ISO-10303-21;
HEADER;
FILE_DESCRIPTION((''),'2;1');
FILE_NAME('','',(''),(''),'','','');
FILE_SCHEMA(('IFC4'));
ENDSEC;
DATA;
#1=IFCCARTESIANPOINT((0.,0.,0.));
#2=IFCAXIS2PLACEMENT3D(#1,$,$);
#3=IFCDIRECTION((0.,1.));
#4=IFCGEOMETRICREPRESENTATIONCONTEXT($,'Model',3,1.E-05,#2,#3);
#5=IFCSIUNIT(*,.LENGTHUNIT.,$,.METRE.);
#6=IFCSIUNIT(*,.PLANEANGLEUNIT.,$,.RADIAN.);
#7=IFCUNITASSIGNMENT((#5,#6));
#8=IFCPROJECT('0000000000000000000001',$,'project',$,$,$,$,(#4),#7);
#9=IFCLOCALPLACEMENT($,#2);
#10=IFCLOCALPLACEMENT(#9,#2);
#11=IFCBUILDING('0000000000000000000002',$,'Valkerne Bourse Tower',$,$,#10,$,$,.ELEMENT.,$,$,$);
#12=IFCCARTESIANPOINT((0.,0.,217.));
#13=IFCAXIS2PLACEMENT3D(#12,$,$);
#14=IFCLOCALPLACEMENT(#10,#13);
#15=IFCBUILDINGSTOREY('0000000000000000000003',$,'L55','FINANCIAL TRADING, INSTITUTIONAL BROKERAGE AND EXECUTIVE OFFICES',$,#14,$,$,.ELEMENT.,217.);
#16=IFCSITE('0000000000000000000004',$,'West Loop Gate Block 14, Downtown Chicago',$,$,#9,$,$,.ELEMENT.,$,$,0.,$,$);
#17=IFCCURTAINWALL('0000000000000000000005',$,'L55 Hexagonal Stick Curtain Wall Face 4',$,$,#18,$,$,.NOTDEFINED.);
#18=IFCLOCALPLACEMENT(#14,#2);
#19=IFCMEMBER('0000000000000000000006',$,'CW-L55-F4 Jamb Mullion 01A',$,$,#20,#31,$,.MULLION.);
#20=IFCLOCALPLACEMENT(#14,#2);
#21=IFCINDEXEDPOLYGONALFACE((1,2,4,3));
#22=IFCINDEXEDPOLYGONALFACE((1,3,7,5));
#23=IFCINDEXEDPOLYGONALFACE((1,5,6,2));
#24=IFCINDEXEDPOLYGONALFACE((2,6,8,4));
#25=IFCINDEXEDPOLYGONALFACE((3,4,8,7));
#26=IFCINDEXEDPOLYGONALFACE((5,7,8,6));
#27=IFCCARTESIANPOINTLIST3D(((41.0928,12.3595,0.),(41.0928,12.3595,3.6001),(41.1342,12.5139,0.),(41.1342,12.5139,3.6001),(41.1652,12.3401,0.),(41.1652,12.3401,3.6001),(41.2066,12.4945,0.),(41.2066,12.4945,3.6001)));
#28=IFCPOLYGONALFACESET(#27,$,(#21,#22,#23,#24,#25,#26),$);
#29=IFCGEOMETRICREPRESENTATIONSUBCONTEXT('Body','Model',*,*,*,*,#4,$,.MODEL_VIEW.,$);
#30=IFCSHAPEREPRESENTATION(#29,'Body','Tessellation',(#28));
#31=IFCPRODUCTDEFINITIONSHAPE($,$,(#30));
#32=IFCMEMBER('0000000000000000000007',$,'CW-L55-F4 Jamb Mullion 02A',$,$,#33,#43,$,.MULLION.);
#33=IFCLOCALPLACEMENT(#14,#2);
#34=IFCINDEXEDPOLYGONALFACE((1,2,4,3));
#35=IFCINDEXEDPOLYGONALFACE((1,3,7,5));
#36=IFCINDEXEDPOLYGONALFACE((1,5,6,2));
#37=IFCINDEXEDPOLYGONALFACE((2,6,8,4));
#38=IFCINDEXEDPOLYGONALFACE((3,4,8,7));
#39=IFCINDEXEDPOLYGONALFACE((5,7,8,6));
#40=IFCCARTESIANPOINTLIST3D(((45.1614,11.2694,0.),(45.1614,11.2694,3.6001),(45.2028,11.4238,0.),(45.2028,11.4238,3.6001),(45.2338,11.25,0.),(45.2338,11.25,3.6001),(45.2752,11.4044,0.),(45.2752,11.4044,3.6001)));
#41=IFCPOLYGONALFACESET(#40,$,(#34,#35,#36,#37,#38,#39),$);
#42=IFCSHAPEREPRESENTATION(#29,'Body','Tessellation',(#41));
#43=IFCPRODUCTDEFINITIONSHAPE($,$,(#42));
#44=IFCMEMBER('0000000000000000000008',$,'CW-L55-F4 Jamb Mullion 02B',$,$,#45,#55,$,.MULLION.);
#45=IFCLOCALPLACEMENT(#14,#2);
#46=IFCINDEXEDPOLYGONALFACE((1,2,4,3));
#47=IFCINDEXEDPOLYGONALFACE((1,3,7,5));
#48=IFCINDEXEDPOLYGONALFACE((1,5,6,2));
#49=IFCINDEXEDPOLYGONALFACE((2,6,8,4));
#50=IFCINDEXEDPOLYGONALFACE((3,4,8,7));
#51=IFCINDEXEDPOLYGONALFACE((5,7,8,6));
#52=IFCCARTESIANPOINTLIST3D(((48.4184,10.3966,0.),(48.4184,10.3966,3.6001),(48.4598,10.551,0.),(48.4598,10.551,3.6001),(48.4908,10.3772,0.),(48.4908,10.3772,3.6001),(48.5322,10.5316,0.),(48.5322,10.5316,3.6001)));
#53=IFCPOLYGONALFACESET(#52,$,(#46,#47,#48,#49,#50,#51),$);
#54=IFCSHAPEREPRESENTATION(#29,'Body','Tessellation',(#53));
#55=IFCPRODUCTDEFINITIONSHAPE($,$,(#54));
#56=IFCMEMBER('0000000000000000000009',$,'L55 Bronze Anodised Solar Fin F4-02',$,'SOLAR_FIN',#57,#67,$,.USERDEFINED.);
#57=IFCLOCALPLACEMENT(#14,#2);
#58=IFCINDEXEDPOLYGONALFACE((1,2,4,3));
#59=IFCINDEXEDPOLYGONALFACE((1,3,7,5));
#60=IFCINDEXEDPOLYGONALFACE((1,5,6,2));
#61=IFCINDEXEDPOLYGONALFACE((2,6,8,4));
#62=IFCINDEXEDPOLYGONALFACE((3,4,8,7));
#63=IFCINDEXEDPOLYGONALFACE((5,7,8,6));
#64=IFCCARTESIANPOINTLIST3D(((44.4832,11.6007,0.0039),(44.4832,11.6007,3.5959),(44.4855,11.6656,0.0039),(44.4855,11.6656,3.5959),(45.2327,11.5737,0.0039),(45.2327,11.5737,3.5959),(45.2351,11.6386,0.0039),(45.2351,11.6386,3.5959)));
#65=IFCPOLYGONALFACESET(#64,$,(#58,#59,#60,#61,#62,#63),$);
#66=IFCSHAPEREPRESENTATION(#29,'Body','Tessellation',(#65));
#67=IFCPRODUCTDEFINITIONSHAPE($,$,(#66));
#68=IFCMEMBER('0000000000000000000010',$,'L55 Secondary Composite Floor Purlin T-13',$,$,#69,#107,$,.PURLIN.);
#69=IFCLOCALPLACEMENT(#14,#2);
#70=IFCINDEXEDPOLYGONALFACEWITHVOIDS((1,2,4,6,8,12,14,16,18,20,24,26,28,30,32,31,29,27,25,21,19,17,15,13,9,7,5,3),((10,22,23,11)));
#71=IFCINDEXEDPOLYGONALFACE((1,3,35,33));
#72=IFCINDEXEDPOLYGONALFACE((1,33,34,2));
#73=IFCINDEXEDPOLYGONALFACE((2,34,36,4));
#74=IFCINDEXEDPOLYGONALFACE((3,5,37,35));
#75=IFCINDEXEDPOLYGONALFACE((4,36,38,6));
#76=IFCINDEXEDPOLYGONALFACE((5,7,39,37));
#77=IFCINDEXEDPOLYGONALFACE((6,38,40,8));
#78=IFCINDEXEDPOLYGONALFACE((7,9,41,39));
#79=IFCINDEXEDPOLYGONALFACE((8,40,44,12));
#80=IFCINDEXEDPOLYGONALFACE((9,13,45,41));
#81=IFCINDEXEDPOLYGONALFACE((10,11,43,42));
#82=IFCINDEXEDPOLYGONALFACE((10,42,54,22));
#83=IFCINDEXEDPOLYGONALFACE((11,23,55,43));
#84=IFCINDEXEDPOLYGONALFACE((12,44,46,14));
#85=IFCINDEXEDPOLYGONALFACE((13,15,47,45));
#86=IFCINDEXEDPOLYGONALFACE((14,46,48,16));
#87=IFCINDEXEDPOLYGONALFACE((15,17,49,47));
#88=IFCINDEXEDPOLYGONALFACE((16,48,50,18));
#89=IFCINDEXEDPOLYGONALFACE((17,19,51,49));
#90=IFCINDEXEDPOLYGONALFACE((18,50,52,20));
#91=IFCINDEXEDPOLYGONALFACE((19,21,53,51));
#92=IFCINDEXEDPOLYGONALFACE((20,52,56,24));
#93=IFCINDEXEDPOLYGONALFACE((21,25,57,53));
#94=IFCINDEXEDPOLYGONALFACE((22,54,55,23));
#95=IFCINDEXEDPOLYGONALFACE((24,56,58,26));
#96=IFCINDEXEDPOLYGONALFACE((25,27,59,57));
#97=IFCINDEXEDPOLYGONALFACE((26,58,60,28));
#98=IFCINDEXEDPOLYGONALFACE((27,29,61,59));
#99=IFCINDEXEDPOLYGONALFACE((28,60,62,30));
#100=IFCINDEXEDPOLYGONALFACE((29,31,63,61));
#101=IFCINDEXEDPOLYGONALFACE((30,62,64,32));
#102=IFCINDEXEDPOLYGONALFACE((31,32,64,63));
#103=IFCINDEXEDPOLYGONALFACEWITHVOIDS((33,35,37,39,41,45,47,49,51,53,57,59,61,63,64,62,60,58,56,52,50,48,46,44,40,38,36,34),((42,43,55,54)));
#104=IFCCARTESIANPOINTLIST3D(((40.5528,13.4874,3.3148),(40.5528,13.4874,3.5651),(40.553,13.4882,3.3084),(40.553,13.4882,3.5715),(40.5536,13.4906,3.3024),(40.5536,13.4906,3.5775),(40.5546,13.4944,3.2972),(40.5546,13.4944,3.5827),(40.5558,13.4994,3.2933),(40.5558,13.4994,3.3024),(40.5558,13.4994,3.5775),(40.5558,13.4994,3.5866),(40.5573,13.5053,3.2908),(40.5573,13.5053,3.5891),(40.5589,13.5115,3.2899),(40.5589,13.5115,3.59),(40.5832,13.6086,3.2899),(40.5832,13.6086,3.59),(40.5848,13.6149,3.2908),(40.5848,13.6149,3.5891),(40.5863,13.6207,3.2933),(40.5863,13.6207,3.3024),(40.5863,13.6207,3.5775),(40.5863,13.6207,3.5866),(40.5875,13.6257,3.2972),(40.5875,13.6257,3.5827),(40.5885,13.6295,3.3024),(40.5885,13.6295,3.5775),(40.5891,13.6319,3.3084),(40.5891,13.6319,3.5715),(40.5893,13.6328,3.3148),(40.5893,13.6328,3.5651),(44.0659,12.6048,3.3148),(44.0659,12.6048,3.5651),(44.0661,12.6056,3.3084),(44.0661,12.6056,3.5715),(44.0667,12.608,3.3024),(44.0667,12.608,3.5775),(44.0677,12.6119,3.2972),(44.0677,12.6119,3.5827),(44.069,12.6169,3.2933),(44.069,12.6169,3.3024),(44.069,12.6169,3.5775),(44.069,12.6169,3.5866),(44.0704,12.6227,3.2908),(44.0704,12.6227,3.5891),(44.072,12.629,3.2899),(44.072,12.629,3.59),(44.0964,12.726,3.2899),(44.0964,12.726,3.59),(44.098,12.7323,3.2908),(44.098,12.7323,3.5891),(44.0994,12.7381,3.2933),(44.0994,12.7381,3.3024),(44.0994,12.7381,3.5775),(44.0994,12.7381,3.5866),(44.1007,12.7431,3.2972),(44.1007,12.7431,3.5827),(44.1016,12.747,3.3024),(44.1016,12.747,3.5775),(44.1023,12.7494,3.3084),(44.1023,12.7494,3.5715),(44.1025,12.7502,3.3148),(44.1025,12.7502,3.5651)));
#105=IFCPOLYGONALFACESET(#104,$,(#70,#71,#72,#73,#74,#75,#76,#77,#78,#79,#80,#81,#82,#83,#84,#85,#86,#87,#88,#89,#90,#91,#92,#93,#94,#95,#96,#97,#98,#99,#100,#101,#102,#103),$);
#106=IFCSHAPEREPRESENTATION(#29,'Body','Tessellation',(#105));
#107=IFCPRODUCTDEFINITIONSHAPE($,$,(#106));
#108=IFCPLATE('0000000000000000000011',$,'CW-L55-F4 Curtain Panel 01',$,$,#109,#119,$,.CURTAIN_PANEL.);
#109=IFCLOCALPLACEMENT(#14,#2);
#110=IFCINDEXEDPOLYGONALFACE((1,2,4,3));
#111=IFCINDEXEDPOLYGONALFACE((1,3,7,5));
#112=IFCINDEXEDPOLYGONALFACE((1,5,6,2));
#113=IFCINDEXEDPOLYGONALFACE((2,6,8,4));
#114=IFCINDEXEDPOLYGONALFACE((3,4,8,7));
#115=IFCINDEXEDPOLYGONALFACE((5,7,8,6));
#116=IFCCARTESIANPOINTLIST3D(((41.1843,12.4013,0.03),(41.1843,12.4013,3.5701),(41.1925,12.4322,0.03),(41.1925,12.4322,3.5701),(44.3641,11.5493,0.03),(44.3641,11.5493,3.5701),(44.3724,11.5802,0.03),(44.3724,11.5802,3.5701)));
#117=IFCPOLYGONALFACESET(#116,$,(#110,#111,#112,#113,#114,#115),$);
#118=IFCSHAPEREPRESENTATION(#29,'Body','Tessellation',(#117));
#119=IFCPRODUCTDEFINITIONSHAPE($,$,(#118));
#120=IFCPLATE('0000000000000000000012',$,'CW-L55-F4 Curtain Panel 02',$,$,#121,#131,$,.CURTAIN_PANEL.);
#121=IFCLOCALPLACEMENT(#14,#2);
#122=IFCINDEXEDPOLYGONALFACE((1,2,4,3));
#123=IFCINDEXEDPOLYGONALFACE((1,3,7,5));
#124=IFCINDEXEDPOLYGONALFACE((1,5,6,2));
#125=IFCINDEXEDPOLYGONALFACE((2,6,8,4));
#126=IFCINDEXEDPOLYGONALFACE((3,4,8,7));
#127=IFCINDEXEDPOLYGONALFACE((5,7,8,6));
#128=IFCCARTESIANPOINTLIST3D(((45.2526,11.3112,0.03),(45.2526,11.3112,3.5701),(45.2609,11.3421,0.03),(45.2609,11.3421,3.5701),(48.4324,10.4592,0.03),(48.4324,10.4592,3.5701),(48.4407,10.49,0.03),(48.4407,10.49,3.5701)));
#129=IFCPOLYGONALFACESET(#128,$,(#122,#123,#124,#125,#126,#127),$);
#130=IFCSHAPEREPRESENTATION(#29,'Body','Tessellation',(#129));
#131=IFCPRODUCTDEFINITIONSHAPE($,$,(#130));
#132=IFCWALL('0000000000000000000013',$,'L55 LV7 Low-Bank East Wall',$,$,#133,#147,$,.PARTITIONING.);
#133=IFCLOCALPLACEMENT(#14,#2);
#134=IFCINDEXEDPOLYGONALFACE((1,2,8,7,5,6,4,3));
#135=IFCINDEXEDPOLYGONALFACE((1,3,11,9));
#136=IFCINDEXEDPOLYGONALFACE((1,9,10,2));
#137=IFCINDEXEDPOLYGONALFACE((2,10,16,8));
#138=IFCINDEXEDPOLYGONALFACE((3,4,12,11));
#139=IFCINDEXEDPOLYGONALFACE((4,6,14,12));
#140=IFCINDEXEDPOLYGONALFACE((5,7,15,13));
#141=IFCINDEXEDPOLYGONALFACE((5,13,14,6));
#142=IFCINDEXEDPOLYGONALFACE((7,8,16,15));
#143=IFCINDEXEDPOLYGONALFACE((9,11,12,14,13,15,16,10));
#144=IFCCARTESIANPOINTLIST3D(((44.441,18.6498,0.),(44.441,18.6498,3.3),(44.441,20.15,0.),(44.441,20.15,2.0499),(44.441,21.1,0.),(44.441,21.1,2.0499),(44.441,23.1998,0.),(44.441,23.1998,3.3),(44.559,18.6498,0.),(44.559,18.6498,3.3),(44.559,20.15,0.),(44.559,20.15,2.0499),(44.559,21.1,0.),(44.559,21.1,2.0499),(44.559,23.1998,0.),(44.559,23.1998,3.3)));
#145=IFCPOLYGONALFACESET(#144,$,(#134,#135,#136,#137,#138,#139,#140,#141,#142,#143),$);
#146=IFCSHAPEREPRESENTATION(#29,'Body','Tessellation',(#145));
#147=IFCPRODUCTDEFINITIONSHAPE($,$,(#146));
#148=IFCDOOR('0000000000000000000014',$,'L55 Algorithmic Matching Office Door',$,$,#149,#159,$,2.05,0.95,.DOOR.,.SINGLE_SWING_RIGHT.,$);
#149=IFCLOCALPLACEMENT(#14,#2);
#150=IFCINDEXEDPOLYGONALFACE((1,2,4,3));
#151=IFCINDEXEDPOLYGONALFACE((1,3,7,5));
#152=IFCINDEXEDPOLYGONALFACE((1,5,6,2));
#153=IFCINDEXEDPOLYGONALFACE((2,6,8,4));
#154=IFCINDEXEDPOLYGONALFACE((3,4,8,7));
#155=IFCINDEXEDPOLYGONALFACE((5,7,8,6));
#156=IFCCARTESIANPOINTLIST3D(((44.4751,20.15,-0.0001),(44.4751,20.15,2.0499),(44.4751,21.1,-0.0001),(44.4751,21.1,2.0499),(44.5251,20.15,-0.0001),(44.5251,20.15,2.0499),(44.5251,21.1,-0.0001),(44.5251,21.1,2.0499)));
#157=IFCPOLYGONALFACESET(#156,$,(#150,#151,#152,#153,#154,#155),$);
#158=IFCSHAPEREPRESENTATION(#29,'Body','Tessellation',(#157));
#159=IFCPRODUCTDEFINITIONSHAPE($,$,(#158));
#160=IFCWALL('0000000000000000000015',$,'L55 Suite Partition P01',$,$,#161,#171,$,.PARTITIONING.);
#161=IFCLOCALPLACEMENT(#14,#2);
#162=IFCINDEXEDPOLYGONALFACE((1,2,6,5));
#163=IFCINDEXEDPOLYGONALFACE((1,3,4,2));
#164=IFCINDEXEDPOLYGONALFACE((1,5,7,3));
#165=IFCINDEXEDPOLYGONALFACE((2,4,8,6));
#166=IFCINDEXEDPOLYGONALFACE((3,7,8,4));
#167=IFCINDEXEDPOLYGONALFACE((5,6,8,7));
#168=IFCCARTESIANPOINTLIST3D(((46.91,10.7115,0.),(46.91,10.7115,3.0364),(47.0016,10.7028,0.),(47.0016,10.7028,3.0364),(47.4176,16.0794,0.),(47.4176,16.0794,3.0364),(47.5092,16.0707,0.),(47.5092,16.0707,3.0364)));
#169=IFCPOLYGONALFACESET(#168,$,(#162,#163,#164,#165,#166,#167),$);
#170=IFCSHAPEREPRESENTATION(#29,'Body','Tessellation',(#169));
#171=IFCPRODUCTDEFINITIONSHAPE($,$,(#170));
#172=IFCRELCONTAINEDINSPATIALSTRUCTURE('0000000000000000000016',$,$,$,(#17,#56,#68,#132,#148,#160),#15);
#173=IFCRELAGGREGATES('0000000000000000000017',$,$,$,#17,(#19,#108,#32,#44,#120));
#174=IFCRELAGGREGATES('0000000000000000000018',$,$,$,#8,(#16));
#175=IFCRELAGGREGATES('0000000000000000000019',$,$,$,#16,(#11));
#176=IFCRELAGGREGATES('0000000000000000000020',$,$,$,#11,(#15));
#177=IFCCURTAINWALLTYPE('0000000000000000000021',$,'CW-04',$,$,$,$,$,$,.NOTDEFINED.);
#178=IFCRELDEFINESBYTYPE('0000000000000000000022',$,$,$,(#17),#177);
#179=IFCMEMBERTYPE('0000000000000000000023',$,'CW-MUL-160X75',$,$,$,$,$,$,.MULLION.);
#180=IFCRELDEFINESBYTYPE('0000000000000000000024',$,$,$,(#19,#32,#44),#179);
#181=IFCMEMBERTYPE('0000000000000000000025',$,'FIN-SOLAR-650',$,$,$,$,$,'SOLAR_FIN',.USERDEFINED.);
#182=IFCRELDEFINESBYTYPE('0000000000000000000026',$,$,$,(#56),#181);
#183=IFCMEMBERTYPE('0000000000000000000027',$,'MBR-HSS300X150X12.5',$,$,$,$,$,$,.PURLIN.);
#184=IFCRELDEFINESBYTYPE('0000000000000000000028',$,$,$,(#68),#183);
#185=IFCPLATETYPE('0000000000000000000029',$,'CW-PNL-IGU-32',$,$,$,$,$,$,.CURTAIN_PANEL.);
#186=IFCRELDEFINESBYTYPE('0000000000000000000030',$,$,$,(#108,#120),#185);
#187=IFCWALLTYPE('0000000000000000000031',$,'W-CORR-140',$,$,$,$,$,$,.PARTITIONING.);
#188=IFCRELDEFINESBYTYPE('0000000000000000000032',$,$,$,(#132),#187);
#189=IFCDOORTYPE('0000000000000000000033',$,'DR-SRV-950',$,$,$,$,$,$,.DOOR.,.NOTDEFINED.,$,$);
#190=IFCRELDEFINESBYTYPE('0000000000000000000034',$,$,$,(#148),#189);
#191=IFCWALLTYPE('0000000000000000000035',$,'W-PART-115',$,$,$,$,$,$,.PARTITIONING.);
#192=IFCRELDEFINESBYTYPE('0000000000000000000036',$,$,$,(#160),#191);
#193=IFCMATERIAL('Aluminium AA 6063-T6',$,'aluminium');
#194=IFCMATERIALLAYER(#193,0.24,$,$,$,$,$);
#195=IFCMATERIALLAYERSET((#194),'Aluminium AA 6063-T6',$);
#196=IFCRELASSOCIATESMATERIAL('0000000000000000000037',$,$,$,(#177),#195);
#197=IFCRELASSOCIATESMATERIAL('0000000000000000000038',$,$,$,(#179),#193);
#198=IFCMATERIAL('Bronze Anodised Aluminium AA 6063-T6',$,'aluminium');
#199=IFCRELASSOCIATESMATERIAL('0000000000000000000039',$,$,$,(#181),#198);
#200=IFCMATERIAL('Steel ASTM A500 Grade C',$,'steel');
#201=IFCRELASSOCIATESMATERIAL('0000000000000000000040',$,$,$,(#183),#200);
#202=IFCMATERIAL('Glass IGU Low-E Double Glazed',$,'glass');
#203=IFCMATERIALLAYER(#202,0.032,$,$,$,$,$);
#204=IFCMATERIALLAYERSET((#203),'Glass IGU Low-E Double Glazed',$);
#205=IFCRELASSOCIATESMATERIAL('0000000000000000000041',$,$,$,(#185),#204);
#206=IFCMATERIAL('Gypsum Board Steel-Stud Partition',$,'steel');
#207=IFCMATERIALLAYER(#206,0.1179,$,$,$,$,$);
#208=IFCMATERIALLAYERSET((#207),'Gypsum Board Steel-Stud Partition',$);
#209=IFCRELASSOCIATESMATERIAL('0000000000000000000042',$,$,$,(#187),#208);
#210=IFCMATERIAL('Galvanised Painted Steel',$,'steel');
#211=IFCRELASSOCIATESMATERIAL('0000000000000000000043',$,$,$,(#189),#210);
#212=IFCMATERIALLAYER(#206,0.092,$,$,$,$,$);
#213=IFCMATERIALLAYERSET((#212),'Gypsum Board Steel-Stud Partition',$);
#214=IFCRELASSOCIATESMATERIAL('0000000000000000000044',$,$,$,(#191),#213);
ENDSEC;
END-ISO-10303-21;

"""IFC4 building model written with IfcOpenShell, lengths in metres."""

from ifc_helpers import new_model, si_unit, direction, frame, frame_2d, origin, origin_2d, place, context, subcontext, project, spatial, rectangle, hollow_rectangle, extrude, material, layer, layer_set, material_profile, profile_set, type_object, element, fill, aggregate, save


model = new_model("IFC4")

# Units and contexts
model_context = context("Model", 3, precision=1e-05, world=origin(), true_north=direction((0.0, 1.0)))
body_context = subcontext(model_context, "Body", "Model", "MODEL_VIEW")
ifc_project = project(units=[si_unit("LENGTHUNIT", "METRE"), si_unit("PLANEANGLEUNIT", "RADIAN")], contexts=[model_context])

# Site, building, storey
site_placement = place(None, origin())
site = spatial("IfcSite", under=ifc_project, at=site_placement, Name="West Loop Gate Block 14, Downtown Chicago", CompositionType="ELEMENT", RefElevation=0.0)
building_placement = place(site_placement, origin())
building = spatial("IfcBuilding", under=site, at=building_placement, Name="Valkerne Bourse Tower", CompositionType="ELEMENT")
storey_placement = place(building_placement, frame((0.0, 0.0, 217.0)))
storey = spatial("IfcBuildingStorey", under=building, at=storey_placement, Name="L55", Description="FINANCIAL TRADING, INSTITUTIONAL BROKERAGE AND EXECUTIVE OFFICES", CompositionType="ELEMENT", Elevation=217.0)

# Curtain wall, members
ifc_material_1 = material(Name="Aluminium AA 6063-T6", Category="aluminium")
ifc_layer_1 = layer(ifc_material_1, 0.24)
ifc_layer_set_1 = layer_set([ifc_layer_1], Name="Aluminium AA 6063-T6")
curtain_wall_type = type_object("IfcCurtainWallType", Name="CW-04", PredefinedType="NOTDEFINED", material=ifc_layer_set_1)
curtain_wall_placement = place(storey_placement, origin())
curtain_wall = element("IfcCurtainWall", 1, at=curtain_wall_placement, inside=storey, type_object=curtain_wall_type, Name="L55 Hexagonal Stick Curtain Wall Face 4", PredefinedType="NOTDEFINED")
ifc_material_profile_1 = material_profile(ifc_material_1, rectangle(XDim=0.075, YDim=0.1599, at=origin_2d()), Name="CWM-75X160")
ifc_profile_set_1 = profile_set([ifc_material_profile_1], Name="Aluminium AA 6063-T6")
member_type_1 = type_object("IfcMemberType", Name="CW-MUL-160X75", PredefinedType="MULLION", material=ifc_profile_set_1)
member_1_placement = place(storey_placement, frame((41.1497, 12.427, 0.0), z_axis=(0.0, 0.0, 1.0), x_axis=(0.965929, -0.258808, 0.0)))
member_1 = element("IfcMember", 2, at=member_1_placement, type_object=member_type_1, Name="CW-L55-F4 Jamb Mullion 01A", PredefinedType="MULLION", context=body_context, shape_type="SweptSolid", body=[
    extrude(rectangle(XDim=0.075, YDim=0.1599, at=origin_2d()), origin(), (0.0, 0.0, 1.0), 3.6001),
])
member_2_placement = place(storey_placement, frame((45.2183, 11.3369, 0.0), z_axis=(0.0, 0.0, 1.0), x_axis=(0.965923, -0.25883, 0.0)))
member_2 = element("IfcMember", 3, at=member_2_placement, type_object=member_type_1, Name="CW-L55-F4 Jamb Mullion 02A", PredefinedType="MULLION", context=body_context, shape_type="SweptSolid", body=[
    extrude(rectangle(XDim=0.075, YDim=0.1599, at=origin_2d()), origin(), (0.0, 0.0, 1.0), 3.6001),
])
member_3_placement = place(storey_placement, frame((48.4753, 10.4641, 0.0), z_axis=(0.0, 0.0, 1.0), x_axis=(0.965923, -0.25883, 0.0)))
member_3 = element("IfcMember", 4, at=member_3_placement, type_object=member_type_1, Name="CW-L55-F4 Jamb Mullion 02B", PredefinedType="MULLION", context=body_context, shape_type="SweptSolid", body=[
    extrude(rectangle(XDim=0.075, YDim=0.1599, at=origin_2d()), origin(), (0.0, 0.0, 1.0), 3.6001),
])

# Members
ifc_material_2 = material(Name="Bronze Anodised Aluminium AA 6063-T6", Category="aluminium")
ifc_material_profile_2 = material_profile(ifc_material_2, rectangle(XDim=0.0649, YDim=0.75, at=origin_2d()), Name="FIN-65X750")
ifc_profile_set_2 = profile_set([ifc_material_profile_2], Name="Bronze Anodised Aluminium AA 6063-T6")
member_type_2 = type_object("IfcMemberType", Name="FIN-SOLAR-650", ElementType="SOLAR_FIN", PredefinedType="USERDEFINED", material=ifc_profile_set_2)
member_4_placement = place(storey_placement, frame((44.8591, 11.6196, 0.0039), z_axis=(0.0, 0.0, 1.0), x_axis=(-0.036057, -0.99935, 0.0)))
element("IfcMember", 5, at=member_4_placement, inside=storey, type_object=member_type_2, Name="L55 Bronze Anodised Solar Fin F4-02", ObjectType="SOLAR_FIN", PredefinedType="USERDEFINED", context=body_context, shape_type="SweptSolid", body=[
    extrude(rectangle(XDim=0.0649, YDim=0.75, at=origin_2d()), origin(), (0.0, 0.0, 1.0), 3.592),
])
ifc_material_3 = material(Name="Steel ASTM A500 Grade C", Category="steel")
ifc_material_profile_3 = material_profile(ifc_material_3, hollow_rectangle(XDim=0.1499, YDim=0.3, WallThickness=0.0125, OuterFilletRadius=0.0249, at=origin_2d()), Name="HSS300X150X12.5")
ifc_profile_set_3 = profile_set([ifc_material_profile_3], Name="Steel ASTM A500 Grade C")
member_type_3 = type_object("IfcMemberType", Name="MBR-HSS300X150X12.5", PredefinedType="PURLIN", material=ifc_profile_set_3)
member_5_placement = place(storey_placement, frame((40.571, 13.5601, 3.4399), z_axis=(0.969864, -0.243646, 0.0), x_axis=(0.243646, 0.969864, 0.0)))
element("IfcMember", 6, at=member_5_placement, inside=storey, type_object=member_type_3, Name="L55 Secondary Composite Floor Purlin T-13", PredefinedType="PURLIN", context=body_context, shape_type="SweptSolid", body=[
    extrude(hollow_rectangle(XDim=0.1499, YDim=0.3, WallThickness=0.0125, OuterFilletRadius=0.0249, at=origin_2d()), origin(), (0.0, 0.0, 1.0), 3.6223),
])

# Plates
ifc_material_4 = material(Name="Glass IGU Low-E Double Glazed", Category="glass")
ifc_layer_2 = layer(ifc_material_4, 0.032)
ifc_layer_set_2 = layer_set([ifc_layer_2], Name="Glass IGU Low-E Double Glazed")
plate_type = type_object("IfcPlateType", Name="CW-PNL-IGU-32", PredefinedType="CURTAIN_PANEL", material=ifc_layer_set_2)
plate_1_placement = place(storey_placement, frame((42.7783, 11.9907, 0.03), z_axis=(0.0, 0.0, 1.0), x_axis=(0.965929, -0.258808, 0.0)))
plate_1 = element("IfcPlate", 7, at=plate_1_placement, type_object=plate_type, Name="CW-L55-F4 Curtain Panel 01", PredefinedType="CURTAIN_PANEL", context=body_context, shape_type="SweptSolid", body=[
    extrude(rectangle(XDim=3.292, YDim=0.032, at=origin_2d()), origin(), (0.0, 0.0, 1.0), 3.54),
])
plate_2_placement = place(storey_placement, frame((46.8467, 10.9006, 0.03), z_axis=(0.0, 0.0, 1.0), x_axis=(0.965923, -0.25883, 0.0)))
plate_2 = element("IfcPlate", 8, at=plate_2_placement, type_object=plate_type, Name="CW-L55-F4 Curtain Panel 02", PredefinedType="CURTAIN_PANEL", context=body_context, shape_type="SweptSolid", body=[
    extrude(rectangle(XDim=3.292, YDim=0.032, at=origin_2d()), origin(), (0.0, 0.0, 1.0), 3.54),
])
aggregate(curtain_wall, [member_1, plate_1, member_2, member_3, plate_2])

# Wall, opening, door
ifc_material_5 = material(Name="Gypsum Board Steel-Stud Partition", Category="steel")
ifc_layer_3 = layer(ifc_material_5, 0.1179)
ifc_layer_set_3 = layer_set([ifc_layer_3], Name="Gypsum Board Steel-Stud Partition")
wall_type_1 = type_object("IfcWallType", Name="W-CORR-140", PredefinedType="PARTITIONING", material=ifc_layer_set_3)
wall_1_placement = place(storey_placement, frame((44.5, 18.6499, 0.0), z_axis=(0.0, 0.0, 1.0), x_axis=(0.0, 1.0, 0.0)))
wall_1 = element("IfcWall", 9, at=wall_1_placement, inside=storey, type_object=wall_type_1, Name="L55 LV7 Low-Bank East Wall", PredefinedType="PARTITIONING", context=body_context, shape_type="SweptSolid", body=[
    extrude(rectangle(XDim=4.55, YDim=0.1179, at=frame_2d((2.2749, 0.0))), origin(), (0.0, 0.0, 1.0), 3.3),
])
opening_placement = place(wall_1_placement, frame((1.5, 0.0, 0.0)))
opening = element("IfcOpeningElement", 10, at=opening_placement, cuts=wall_1, PredefinedType="OPENING", context=body_context, shape_type="SweptSolid", body=[
    extrude(rectangle(XDim=0.95, YDim=2.05, at=frame_2d((0.4751, 1.0249))), frame((0.0, 0.0688, 0.0), z_axis=(0.0, -1.0, 0.0), x_axis=(1.0, 0.0, 0.0)), (0.0, 0.0, 1.0), 0.1379),
])
ifc_material_6 = material(Name="Galvanised Painted Steel", Category="steel")
door_type = type_object("IfcDoorType", Name="DR-SRV-950", OperationType="NOTDEFINED", PredefinedType="DOOR", material=ifc_material_6)
door_placement = place(opening_placement, origin())
door = element("IfcDoor", 11, at=door_placement, inside=storey, type_object=door_type, Name="L55 Algorithmic Matching Office Door", OperationType="SINGLE_SWING_RIGHT", OverallHeight=2.05, OverallWidth=0.95, PredefinedType="DOOR", context=body_context, shape_type="SweptSolid", body=[
    extrude(rectangle(XDim=0.95, YDim=2.05, at=frame_2d((0.4751, 1.0249))), frame((0.0, 0.0249, 0.0), z_axis=(0.0, -1.0, 0.0), x_axis=(1.0, 0.0, 0.0)), (0.0, 0.0, 1.0), 0.05),
])
fill(opening, door)

# Wall
ifc_layer_4 = layer(ifc_material_5, 0.092)
ifc_layer_set_4 = layer_set([ifc_layer_4], Name="Gypsum Board Steel-Stud Partition")
wall_type_2 = type_object("IfcWallType", Name="W-PART-115", PredefinedType="PARTITIONING", material=ifc_layer_set_4)
wall_2_placement = place(storey_placement, frame((47.4634, 16.075, 0.0), z_axis=(0.0, 0.0, 1.0), x_axis=(-0.094136, -0.995559, 0.0)))
element("IfcWall", 12, at=wall_2_placement, inside=storey, type_object=wall_type_2, Name="L55 Suite Partition P01", PredefinedType="PARTITIONING", context=body_context, shape_type="SweptSolid", body=[
    extrude(rectangle(XDim=5.3918, YDim=0.092, at=frame_2d((2.6958, 0.0))), origin(), (0.0, 0.0, 1.0), 3.0364),
])

save(model, "model.ifc")
